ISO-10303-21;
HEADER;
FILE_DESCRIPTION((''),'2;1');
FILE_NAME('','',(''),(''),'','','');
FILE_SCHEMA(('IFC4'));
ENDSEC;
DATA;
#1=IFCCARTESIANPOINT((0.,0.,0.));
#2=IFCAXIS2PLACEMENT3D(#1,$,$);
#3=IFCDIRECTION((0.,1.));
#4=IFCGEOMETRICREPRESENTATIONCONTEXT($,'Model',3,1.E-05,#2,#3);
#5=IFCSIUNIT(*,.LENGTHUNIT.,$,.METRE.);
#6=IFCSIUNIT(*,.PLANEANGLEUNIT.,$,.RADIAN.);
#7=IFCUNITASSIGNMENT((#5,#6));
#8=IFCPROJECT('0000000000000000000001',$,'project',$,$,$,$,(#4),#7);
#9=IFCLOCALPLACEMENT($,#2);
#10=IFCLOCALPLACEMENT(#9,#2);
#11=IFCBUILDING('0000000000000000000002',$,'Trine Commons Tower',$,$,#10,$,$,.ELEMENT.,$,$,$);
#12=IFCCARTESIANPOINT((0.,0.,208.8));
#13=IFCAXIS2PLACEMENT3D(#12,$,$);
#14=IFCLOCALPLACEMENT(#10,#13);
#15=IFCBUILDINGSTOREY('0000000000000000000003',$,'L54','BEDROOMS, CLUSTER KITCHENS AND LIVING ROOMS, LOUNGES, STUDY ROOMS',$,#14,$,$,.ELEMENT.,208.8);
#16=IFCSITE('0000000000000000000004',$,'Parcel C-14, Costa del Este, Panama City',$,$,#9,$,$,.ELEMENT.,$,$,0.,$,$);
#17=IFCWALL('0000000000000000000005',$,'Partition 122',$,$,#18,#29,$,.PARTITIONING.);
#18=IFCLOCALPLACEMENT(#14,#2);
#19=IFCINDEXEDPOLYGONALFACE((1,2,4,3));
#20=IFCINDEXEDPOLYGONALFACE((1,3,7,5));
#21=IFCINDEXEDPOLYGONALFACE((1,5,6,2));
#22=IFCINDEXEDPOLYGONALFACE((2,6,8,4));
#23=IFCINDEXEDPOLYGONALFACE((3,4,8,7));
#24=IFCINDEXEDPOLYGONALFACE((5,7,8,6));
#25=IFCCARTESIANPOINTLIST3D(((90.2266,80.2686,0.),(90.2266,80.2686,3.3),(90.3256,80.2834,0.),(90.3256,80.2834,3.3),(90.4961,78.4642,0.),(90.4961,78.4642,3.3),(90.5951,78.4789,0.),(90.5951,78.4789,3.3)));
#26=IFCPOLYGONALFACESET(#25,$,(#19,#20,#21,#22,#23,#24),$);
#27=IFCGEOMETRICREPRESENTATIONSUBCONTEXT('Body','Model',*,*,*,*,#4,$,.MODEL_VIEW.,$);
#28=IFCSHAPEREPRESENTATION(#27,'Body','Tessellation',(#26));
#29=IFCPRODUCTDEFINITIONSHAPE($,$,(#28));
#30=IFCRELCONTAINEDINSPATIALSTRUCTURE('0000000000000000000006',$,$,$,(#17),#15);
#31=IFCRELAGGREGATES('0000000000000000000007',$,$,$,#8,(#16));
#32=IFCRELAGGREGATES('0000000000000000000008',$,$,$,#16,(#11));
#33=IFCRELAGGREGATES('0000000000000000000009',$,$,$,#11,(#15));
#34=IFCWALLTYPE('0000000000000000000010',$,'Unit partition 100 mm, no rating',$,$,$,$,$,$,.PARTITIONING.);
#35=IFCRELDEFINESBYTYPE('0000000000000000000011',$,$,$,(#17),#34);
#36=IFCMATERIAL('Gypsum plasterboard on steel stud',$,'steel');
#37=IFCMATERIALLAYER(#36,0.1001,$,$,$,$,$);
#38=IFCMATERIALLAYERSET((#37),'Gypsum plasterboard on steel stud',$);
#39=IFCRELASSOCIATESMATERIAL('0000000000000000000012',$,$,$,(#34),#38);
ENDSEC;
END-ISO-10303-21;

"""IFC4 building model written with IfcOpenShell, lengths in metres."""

from ifc_helpers import new_model, si_unit, direction, frame, frame_2d, origin, place, context, subcontext, project, spatial, rectangle, extrude, material, layer, layer_set, type_object, element, save


model = new_model("IFC4")

# Units and contexts
model_context = context("Model", 3, precision=1e-05, world=origin(), true_north=direction((0.0, 1.0)))
body_context = subcontext(model_context, "Body", "Model", "MODEL_VIEW")
ifc_project = project(units=[si_unit("LENGTHUNIT", "METRE"), si_unit("PLANEANGLEUNIT", "RADIAN")], contexts=[model_context])

# Site, building, storey
site_placement = place(None, origin())
site = spatial("IfcSite", under=ifc_project, at=site_placement, Name="Parcel C-14, Costa del Este, Panama City", CompositionType="ELEMENT", RefElevation=0.0)
building_placement = place(site_placement, origin())
building = spatial("IfcBuilding", under=site, at=building_placement, Name="Trine Commons Tower", CompositionType="ELEMENT")
storey_placement = place(building_placement, frame((0.0, 0.0, 208.8)))
storey = spatial("IfcBuildingStorey", under=building, at=storey_placement, Name="L54", Description="BEDROOMS, CLUSTER KITCHENS AND LIVING ROOMS, LOUNGES, STUDY ROOMS", CompositionType="ELEMENT", Elevation=208.8)

# Shared definitions
ifc_material_1 = material(Name="Gypsum plasterboard on steel stud", Category="steel")

# Shared definitions
ifc_layer_1 = layer(ifc_material_1, 0.1001)
ifc_layer_set_1 = layer_set([ifc_layer_1], Name="Gypsum plasterboard on steel stud")
wall_type_1 = type_object("IfcWallType", Name="Unit partition 100 mm, no rating", PredefinedType="PARTITIONING", material=ifc_layer_set_1)

# Wall
wall_1_placement = place(storey_placement, frame((90.2761, 80.2759, 0.0), z_axis=(0.0, 0.0, 1.0), x_axis=(0.147732, -0.989027, 0.0)))
element("IfcWall", 1, at=wall_1_placement, inside=storey, type_object=wall_type_1, Name="Partition 122", PredefinedType="PARTITIONING", context=body_context, shape_type="SweptSolid", body=[
    extrude(rectangle(XDim=1.8245, YDim=0.1001, at=frame_2d((0.9121, 0.0))), origin(), (0.0, 0.0, 1.0), 3.3),
])

save(model, "model.ifc")
